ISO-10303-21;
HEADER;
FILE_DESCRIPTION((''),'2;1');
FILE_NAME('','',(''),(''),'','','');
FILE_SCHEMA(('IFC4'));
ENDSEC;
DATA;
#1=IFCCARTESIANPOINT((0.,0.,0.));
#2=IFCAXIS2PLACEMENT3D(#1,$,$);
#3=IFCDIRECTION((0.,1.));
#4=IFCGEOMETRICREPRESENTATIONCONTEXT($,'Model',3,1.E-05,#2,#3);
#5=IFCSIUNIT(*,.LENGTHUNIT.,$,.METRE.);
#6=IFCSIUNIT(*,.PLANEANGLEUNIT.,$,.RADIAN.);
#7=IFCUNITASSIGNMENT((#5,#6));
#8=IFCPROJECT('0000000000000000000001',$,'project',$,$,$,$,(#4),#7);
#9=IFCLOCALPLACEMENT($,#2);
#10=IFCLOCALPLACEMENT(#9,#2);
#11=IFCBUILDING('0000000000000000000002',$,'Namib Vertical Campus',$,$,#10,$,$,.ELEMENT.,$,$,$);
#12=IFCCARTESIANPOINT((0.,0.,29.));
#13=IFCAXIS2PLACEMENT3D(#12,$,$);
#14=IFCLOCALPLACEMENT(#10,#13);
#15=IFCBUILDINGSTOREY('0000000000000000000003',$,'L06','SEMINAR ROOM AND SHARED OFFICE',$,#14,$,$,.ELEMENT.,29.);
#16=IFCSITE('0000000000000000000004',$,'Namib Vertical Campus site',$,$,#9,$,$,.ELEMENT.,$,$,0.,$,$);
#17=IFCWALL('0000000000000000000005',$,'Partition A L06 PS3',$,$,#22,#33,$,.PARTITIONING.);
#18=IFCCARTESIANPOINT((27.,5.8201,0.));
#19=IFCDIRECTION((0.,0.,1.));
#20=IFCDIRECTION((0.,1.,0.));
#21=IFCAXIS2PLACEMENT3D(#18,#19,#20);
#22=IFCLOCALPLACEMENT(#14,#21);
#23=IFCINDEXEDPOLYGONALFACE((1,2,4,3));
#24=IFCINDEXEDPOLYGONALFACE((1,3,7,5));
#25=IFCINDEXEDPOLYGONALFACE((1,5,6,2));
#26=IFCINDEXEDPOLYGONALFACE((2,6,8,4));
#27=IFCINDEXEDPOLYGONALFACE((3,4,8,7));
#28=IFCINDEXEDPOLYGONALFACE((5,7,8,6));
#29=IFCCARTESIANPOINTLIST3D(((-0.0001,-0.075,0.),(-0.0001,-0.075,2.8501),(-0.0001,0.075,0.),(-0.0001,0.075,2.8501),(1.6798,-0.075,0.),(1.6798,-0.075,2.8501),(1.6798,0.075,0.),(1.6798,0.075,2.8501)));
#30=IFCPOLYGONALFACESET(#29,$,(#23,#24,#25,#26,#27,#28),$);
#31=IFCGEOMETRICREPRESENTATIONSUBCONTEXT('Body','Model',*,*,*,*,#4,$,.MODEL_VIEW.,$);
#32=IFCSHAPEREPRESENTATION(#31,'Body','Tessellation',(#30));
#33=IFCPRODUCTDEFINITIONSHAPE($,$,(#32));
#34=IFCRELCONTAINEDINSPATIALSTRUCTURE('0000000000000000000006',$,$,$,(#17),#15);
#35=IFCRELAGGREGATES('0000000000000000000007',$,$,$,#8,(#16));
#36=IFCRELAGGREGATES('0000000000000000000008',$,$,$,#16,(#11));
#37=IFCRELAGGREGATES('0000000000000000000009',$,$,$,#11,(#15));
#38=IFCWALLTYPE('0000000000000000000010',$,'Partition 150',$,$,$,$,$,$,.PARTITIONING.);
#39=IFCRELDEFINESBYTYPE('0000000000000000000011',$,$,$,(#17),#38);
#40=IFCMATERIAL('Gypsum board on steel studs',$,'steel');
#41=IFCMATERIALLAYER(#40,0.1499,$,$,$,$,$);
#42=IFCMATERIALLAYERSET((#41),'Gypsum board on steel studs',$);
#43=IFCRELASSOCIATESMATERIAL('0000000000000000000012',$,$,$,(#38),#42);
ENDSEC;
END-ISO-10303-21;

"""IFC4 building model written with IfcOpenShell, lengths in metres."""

from ifc_helpers import new_model, si_unit, direction, frame, frame_2d, origin, place, context, subcontext, project, spatial, rectangle, extrude, material, layer, layer_set, type_object, element, save


model = new_model("IFC4")

# Units and contexts
model_context = context("Model", 3, precision=1e-05, world=origin(), true_north=direction((0.0, 1.0)))
body_context = subcontext(model_context, "Body", "Model", "MODEL_VIEW")
ifc_project = project(units=[si_unit("LENGTHUNIT", "METRE"), si_unit("PLANEANGLEUNIT", "RADIAN")], contexts=[model_context])

# Site, building, storey
site_placement = place(None, origin())
site = spatial("IfcSite", under=ifc_project, at=site_placement, Name="Namib Vertical Campus site", CompositionType="ELEMENT", RefElevation=0.0)
building_placement = place(site_placement, origin())
building = spatial("IfcBuilding", under=site, at=building_placement, Name="Namib Vertical Campus", CompositionType="ELEMENT")
storey_placement = place(building_placement, frame((0.0, 0.0, 29.0)))
storey = spatial("IfcBuildingStorey", under=building, at=storey_placement, Name="L06", Description="SEMINAR ROOM AND SHARED OFFICE", CompositionType="ELEMENT", Elevation=29.0)

# Wall
ifc_material_1 = material(Name="Gypsum board on steel studs", Category="steel")
ifc_layer_1 = layer(ifc_material_1, 0.1499)
ifc_layer_set_1 = layer_set([ifc_layer_1], Name="Gypsum board on steel studs")
wall_type_1 = type_object("IfcWallType", Name="Partition 150", PredefinedType="PARTITIONING", material=ifc_layer_set_1)
wall_1_placement = place(storey_placement, frame((27.0, 5.8201, 0.0), z_axis=(0.0, 0.0, 1.0), x_axis=(0.0, 1.0, 0.0)))
element("IfcWall", 1, at=wall_1_placement, inside=storey, type_object=wall_type_1, Name="Partition A L06 PS3", PredefinedType="PARTITIONING", context=body_context, shape_type="SweptSolid", body=[
    extrude(rectangle(XDim=1.6799, YDim=0.1499, at=frame_2d((0.8398, 0.0))), origin(), (0.0, 0.0, 1.0), 2.8501),
])

save(model, "model.ifc")
